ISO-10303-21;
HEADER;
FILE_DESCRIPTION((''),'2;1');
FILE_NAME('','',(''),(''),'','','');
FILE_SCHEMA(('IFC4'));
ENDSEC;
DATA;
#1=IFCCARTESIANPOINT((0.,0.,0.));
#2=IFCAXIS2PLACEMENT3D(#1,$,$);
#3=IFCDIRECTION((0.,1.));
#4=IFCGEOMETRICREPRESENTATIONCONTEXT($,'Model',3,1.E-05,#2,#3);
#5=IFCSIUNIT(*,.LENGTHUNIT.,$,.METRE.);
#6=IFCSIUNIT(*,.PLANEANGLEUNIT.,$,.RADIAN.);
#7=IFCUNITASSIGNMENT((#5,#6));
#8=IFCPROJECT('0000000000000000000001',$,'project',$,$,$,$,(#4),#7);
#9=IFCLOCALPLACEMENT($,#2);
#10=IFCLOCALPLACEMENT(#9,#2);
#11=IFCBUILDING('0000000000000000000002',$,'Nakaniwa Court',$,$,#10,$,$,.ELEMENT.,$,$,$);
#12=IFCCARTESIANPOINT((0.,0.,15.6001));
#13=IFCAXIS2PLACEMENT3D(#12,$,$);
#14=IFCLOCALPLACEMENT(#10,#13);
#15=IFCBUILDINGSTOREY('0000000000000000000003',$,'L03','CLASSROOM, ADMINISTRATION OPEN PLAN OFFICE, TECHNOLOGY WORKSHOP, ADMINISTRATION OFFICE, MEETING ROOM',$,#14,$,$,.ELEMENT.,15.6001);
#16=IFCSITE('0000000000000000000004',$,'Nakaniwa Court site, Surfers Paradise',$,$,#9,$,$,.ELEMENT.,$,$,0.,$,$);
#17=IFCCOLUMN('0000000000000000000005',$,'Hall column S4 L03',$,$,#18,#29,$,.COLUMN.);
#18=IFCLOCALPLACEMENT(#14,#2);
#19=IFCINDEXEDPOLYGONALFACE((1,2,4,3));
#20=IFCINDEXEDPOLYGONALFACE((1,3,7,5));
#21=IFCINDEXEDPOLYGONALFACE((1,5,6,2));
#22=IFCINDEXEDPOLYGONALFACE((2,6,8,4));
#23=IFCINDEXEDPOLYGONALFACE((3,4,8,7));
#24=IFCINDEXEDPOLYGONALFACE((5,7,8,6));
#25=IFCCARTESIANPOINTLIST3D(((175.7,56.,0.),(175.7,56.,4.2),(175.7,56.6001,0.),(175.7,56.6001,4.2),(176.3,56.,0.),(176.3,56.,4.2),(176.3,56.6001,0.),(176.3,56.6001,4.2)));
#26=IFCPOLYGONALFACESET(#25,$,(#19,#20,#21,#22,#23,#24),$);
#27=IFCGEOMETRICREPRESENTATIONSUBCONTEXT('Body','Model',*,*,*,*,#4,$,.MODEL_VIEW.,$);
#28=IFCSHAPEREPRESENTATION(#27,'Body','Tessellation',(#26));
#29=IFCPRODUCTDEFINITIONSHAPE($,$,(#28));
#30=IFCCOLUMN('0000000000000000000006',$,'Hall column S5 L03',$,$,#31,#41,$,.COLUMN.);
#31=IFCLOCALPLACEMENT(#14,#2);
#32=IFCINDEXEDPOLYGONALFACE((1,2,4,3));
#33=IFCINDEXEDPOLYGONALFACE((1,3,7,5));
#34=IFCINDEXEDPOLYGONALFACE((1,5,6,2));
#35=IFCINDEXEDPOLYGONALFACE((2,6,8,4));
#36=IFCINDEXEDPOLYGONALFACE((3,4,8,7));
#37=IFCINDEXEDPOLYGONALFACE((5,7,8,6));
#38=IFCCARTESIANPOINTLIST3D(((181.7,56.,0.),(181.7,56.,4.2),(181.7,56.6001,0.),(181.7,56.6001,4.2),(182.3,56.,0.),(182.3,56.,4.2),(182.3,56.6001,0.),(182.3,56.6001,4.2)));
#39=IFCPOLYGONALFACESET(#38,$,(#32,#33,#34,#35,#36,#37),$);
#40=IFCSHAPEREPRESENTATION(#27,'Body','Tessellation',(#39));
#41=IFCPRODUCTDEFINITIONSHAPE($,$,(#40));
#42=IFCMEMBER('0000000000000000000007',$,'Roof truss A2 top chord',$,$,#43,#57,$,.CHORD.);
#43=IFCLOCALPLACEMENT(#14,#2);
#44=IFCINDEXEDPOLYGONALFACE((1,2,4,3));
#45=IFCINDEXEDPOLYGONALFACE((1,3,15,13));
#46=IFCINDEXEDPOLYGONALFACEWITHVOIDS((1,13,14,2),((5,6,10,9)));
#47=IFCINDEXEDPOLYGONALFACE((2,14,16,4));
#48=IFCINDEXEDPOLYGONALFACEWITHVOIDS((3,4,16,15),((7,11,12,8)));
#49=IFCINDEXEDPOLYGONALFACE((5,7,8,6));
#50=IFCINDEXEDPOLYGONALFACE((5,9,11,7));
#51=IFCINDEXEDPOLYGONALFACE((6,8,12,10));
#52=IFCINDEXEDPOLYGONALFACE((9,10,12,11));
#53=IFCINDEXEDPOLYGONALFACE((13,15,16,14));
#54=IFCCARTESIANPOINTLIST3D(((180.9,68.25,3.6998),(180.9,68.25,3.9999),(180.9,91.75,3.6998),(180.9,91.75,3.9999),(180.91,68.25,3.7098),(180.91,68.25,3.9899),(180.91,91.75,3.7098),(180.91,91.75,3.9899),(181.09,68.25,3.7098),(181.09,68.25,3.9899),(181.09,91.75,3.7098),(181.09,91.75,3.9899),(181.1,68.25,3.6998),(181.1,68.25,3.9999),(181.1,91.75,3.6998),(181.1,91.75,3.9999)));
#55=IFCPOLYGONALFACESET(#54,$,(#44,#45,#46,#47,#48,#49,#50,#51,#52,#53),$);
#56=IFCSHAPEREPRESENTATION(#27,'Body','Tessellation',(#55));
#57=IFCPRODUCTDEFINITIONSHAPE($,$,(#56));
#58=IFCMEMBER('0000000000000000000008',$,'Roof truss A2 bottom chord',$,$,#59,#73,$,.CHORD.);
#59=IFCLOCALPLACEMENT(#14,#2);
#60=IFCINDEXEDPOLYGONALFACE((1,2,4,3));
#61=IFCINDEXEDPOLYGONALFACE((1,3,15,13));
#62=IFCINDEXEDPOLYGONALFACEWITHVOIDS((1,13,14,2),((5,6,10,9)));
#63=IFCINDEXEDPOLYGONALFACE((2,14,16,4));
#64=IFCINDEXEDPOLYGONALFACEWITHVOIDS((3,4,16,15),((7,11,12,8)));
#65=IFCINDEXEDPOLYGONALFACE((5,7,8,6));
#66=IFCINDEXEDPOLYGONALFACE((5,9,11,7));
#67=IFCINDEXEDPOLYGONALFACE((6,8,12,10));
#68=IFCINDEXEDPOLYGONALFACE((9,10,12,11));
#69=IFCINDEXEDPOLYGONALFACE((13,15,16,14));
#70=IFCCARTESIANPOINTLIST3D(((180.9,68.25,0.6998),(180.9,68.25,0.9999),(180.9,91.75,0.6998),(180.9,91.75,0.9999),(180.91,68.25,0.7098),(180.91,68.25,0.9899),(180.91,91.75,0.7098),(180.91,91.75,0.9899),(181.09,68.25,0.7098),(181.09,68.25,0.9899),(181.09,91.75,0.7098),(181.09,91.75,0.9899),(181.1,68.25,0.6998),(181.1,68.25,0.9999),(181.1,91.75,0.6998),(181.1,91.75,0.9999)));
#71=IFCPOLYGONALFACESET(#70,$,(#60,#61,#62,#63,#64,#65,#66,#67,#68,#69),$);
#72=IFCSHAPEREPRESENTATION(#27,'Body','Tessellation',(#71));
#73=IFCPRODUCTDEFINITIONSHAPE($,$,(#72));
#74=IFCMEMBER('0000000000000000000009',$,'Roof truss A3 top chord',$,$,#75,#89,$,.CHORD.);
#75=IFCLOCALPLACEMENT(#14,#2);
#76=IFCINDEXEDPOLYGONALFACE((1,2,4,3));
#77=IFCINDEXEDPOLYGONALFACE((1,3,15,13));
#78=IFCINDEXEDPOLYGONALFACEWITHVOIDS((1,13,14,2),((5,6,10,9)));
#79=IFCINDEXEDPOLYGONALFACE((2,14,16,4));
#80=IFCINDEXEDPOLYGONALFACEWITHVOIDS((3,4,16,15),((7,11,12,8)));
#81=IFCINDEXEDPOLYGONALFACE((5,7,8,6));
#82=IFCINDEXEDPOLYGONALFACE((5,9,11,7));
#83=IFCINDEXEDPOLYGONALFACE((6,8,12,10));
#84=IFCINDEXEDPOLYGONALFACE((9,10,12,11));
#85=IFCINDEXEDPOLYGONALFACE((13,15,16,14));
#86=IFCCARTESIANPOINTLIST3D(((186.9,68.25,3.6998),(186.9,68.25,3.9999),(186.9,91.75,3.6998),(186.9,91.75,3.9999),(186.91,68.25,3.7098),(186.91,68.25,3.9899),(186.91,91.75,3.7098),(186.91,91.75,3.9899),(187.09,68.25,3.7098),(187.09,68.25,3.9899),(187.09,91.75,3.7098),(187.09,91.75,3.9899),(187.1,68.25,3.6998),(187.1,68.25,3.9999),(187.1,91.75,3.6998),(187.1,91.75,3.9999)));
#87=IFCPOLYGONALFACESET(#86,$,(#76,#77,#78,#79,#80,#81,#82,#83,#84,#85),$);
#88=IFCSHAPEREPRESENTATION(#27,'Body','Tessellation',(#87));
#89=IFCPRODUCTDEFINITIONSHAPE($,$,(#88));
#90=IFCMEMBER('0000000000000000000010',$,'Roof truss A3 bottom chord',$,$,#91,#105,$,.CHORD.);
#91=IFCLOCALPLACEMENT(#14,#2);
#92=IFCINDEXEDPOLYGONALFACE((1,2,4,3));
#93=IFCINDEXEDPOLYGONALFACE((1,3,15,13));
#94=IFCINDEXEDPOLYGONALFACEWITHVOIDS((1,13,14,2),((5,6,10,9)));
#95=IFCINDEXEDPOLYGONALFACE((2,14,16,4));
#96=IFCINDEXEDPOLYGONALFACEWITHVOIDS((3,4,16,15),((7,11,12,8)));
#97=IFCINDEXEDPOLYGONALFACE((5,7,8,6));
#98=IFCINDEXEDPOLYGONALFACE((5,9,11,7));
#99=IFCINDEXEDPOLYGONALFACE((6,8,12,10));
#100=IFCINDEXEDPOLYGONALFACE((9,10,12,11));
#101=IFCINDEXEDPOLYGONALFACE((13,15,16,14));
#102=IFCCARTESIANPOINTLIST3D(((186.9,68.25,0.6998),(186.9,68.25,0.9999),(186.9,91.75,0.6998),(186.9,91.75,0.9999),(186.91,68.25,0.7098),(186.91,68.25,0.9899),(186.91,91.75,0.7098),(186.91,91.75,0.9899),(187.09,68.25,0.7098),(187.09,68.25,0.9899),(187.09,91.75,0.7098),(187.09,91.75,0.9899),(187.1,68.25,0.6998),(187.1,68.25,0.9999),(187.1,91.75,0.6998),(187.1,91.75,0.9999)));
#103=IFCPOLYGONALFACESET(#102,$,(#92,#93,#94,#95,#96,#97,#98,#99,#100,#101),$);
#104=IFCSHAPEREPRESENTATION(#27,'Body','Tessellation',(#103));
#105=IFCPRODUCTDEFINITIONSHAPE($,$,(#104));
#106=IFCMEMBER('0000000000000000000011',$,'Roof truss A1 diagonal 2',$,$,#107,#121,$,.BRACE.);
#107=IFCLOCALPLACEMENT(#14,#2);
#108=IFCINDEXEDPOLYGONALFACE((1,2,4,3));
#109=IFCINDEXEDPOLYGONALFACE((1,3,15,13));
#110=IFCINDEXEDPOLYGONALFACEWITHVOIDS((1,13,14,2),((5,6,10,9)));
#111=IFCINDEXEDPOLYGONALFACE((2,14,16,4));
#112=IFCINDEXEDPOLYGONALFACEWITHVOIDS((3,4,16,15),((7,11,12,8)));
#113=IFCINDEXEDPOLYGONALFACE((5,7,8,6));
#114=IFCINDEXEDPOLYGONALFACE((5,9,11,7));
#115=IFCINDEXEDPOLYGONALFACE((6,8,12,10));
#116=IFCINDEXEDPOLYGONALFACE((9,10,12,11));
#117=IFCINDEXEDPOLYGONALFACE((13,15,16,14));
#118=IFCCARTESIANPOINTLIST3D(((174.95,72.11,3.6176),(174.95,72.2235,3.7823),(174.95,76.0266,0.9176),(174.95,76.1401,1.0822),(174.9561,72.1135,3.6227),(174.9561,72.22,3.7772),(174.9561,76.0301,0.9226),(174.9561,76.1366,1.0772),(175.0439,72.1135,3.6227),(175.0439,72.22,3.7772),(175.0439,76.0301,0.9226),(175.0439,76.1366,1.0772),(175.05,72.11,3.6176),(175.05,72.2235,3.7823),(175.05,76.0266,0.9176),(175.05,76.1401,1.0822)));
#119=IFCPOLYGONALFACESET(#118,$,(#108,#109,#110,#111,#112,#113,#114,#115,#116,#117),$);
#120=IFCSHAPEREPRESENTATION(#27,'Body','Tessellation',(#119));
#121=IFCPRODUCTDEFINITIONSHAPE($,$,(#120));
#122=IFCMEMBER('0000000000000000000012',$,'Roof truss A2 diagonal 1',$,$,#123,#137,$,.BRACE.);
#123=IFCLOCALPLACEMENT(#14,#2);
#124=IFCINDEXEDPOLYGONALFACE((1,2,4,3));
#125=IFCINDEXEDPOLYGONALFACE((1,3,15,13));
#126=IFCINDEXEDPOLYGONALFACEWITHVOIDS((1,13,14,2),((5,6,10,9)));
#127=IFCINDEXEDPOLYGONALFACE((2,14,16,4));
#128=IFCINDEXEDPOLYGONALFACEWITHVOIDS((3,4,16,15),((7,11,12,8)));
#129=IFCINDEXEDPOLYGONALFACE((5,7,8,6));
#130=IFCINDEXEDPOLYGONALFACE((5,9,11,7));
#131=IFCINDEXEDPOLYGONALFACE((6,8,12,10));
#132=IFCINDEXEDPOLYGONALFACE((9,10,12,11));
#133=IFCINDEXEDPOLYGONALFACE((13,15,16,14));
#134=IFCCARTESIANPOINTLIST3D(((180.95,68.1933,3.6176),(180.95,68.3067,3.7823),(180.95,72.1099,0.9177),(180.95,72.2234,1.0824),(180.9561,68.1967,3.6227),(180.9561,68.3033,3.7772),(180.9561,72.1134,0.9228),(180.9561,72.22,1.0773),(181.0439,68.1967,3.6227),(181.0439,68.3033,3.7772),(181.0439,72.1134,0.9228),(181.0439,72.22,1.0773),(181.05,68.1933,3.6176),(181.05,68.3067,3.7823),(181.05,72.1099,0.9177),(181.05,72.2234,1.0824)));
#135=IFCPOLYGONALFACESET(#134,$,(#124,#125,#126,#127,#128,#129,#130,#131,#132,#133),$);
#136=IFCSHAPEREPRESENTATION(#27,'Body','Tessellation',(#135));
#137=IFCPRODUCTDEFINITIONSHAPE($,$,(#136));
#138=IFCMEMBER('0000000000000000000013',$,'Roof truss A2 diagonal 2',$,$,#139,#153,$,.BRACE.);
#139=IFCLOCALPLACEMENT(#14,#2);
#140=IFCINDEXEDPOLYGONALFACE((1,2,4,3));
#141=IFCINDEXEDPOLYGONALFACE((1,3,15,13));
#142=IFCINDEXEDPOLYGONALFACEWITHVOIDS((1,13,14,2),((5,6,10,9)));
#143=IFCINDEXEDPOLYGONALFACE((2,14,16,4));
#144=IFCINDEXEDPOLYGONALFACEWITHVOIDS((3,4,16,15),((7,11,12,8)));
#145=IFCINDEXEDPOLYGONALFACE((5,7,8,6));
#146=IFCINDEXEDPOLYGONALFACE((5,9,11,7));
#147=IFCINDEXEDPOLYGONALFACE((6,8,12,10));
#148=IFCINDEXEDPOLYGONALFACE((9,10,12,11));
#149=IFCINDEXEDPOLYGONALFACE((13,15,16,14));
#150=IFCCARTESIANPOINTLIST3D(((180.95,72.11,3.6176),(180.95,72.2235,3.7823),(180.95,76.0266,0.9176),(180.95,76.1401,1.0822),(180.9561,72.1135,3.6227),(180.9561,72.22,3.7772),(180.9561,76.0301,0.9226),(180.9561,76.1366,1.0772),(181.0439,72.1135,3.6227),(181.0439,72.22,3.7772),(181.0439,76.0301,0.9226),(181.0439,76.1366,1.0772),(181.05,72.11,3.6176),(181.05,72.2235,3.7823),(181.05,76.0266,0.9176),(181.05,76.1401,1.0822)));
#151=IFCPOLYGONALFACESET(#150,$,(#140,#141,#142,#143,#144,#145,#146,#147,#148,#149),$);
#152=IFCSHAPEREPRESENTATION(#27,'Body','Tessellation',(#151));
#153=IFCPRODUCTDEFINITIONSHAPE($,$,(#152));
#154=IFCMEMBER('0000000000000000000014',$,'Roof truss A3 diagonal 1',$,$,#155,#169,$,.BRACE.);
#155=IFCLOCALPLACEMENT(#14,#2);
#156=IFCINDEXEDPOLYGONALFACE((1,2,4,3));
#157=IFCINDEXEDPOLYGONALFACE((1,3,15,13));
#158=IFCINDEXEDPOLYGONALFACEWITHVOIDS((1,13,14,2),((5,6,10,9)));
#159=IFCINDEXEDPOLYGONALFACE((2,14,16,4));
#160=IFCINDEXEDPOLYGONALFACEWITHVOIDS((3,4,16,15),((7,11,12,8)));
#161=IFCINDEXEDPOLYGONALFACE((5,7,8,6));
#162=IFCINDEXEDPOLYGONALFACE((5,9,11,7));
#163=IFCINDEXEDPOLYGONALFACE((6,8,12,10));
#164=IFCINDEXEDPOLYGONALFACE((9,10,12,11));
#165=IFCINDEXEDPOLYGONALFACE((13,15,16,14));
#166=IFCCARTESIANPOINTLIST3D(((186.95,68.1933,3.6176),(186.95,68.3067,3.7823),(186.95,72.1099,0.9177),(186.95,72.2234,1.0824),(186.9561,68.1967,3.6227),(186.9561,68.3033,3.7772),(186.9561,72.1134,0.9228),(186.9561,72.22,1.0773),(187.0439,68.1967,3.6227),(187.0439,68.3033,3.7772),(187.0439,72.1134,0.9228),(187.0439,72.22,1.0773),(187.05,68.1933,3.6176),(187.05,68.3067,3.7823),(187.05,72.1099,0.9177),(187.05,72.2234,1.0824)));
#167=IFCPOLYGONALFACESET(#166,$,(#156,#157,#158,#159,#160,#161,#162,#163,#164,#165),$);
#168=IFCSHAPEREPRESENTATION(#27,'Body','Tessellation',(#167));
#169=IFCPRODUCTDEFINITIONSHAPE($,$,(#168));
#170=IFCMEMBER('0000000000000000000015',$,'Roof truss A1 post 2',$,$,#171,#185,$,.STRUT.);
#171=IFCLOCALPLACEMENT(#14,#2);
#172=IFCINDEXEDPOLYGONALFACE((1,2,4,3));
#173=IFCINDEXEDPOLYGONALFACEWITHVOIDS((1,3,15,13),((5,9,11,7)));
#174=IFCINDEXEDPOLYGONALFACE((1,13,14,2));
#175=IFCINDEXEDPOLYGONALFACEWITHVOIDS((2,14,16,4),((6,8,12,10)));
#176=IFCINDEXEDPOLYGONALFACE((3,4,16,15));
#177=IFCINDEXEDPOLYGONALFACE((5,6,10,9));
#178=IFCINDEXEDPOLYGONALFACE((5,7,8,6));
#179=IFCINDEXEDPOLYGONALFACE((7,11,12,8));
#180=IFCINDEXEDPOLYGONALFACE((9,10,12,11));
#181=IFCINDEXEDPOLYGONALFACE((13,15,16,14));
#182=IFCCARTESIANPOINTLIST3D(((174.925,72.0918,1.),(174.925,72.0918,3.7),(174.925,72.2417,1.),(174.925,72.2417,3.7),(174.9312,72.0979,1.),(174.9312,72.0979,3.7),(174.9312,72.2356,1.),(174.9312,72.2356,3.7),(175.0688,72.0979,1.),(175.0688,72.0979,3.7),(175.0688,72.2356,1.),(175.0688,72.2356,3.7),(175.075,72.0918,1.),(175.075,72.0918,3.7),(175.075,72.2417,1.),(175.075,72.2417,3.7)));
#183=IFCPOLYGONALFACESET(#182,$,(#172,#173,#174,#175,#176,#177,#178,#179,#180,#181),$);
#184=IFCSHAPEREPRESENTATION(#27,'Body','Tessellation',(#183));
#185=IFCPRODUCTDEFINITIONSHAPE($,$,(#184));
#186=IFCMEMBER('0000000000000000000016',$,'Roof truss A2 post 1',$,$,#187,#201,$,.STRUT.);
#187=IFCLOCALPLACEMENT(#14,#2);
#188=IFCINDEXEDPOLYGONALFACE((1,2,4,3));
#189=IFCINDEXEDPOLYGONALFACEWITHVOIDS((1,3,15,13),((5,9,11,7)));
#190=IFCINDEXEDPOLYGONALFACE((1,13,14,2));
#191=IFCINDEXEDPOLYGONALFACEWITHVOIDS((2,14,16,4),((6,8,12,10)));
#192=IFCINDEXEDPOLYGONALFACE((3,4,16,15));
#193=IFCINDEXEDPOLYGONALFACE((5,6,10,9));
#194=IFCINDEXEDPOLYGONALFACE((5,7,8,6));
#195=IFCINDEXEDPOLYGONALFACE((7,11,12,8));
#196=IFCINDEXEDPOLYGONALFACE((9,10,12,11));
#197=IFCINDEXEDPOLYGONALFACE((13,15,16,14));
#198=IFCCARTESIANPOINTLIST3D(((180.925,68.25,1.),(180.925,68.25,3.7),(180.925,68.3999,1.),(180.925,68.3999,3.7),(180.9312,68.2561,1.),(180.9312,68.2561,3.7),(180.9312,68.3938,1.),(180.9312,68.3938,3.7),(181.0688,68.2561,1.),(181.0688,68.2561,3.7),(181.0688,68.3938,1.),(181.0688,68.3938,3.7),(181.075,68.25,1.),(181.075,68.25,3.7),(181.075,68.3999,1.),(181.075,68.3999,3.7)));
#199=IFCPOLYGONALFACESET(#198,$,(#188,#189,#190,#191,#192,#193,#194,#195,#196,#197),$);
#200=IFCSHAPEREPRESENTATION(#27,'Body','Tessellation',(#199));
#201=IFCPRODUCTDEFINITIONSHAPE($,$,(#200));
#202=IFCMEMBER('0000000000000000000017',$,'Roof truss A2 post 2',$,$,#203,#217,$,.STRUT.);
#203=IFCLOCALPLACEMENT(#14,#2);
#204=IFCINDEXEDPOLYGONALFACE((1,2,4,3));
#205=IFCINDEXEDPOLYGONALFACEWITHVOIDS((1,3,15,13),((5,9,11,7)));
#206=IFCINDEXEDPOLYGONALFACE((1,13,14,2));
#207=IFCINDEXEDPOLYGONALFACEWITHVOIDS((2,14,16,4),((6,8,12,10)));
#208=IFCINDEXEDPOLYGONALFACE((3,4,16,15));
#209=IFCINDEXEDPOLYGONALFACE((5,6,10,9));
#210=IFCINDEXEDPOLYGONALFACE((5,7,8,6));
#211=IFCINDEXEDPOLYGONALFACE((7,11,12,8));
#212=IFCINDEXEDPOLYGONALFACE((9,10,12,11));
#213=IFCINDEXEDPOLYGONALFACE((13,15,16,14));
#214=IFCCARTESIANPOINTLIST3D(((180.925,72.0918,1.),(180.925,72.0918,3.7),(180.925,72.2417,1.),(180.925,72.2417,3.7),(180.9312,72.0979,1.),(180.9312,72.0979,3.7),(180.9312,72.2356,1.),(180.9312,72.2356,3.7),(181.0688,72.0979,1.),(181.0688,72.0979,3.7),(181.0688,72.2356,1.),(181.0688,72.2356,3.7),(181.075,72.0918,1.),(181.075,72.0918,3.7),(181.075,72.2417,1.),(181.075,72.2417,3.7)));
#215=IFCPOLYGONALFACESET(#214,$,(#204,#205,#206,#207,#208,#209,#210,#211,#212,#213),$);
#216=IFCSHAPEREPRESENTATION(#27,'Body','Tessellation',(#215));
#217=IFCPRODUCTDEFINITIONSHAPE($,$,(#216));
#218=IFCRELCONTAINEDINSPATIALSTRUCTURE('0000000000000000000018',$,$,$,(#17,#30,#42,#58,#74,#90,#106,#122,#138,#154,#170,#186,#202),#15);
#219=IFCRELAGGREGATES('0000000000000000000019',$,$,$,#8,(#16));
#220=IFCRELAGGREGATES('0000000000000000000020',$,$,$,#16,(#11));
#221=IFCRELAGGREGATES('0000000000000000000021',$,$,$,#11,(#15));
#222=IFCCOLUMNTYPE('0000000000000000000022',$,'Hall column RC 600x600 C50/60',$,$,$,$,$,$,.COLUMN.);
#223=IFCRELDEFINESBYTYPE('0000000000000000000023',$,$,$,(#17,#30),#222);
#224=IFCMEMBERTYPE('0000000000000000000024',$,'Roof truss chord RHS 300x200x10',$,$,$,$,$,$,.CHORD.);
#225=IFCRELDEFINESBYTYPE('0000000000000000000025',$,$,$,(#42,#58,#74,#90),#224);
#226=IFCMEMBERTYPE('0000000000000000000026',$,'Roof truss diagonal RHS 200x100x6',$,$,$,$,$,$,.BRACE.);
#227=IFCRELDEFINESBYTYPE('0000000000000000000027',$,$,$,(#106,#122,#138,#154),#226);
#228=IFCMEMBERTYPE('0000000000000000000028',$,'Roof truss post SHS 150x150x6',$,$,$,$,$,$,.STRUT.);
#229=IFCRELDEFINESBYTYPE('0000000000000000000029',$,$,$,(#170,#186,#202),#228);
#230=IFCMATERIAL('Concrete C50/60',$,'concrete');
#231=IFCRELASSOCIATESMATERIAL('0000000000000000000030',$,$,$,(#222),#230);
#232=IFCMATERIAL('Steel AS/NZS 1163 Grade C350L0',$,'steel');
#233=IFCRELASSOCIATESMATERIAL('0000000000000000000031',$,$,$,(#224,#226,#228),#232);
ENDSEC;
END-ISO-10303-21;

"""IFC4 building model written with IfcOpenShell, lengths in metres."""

from ifc_helpers import new_model, si_unit, direction, frame, origin, origin_2d, place, context, subcontext, project, spatial, rectangle, hollow_rectangle, extrude, material, material_profile, profile_set, type_object, element, save


model = new_model("IFC4")

# Units and contexts
model_context = context("Model", 3, precision=1e-05, world=origin(), true_north=direction((0.0, 1.0)))
body_context = subcontext(model_context, "Body", "Model", "MODEL_VIEW")
ifc_project = project(units=[si_unit("LENGTHUNIT", "METRE"), si_unit("PLANEANGLEUNIT", "RADIAN")], contexts=[model_context])

# Site, building, storey
site_placement = place(None, origin())
site = spatial("IfcSite", under=ifc_project, at=site_placement, Name="Nakaniwa Court site, Surfers Paradise", CompositionType="ELEMENT", RefElevation=0.0)
building_placement = place(site_placement, origin())
building = spatial("IfcBuilding", under=site, at=building_placement, Name="Nakaniwa Court", CompositionType="ELEMENT")
storey_placement = place(building_placement, frame((0.0, 0.0, 15.6001)))
storey = spatial("IfcBuildingStorey", under=building, at=storey_placement, Name="L03", Description="CLASSROOM, ADMINISTRATION OPEN PLAN OFFICE, TECHNOLOGY WORKSHOP, ADMINISTRATION OFFICE, MEETING ROOM", CompositionType="ELEMENT", Elevation=15.6001)

# Columns
ifc_material_1 = material(Name="Concrete C50/60", Category="concrete")
ifc_material_profile_1 = material_profile(ifc_material_1, rectangle(XDim=0.6001, YDim=0.6001, at=origin_2d()), Name="RC 600x600")
ifc_profile_set_1 = profile_set([ifc_material_profile_1], Name="Concrete C50/60")
column_type = type_object("IfcColumnType", Name="Hall column RC 600x600 C50/60", PredefinedType="COLUMN", material=ifc_profile_set_1)
for number, where, z_axis, x_axis, name in (
    (1, (176.0, 56.3, 0.0), (0.0, 0.0, 1.0), (1.0, 0.0, 0.0), "Hall column S4 L03"),
    (2, (182.0, 56.3, 0.0), (0.0, 0.0, 1.0), (1.0, 0.0, 0.0), "Hall column S5 L03"),
):
    element("IfcColumn", number, at=place(storey_placement, frame(where, z_axis=z_axis, x_axis=x_axis)), inside=storey, type_object=column_type, Name=name, PredefinedType="COLUMN", context=body_context, shape_type="SweptSolid", body=[
        extrude(rectangle(XDim=0.6001, YDim=0.6001, at=origin_2d()), origin(), (0.0, 0.0, 1.0), 4.2),
    ])

# Members
ifc_material_2 = material(Name="Steel AS/NZS 1163 Grade C350L0", Category="steel")
ifc_material_profile_2 = material_profile(ifc_material_2, hollow_rectangle(XDim=0.2, YDim=0.3, WallThickness=0.01, at=origin_2d()), Name="RHS 300x200x10")
ifc_profile_set_2 = profile_set([ifc_material_profile_2], Name="Steel AS/NZS 1163 Grade C350L0")
member_type_1 = type_object("IfcMemberType", Name="Roof truss chord RHS 300x200x10", PredefinedType="CHORD", material=ifc_profile_set_2)
for number, where, z_axis, x_axis, name in (
    (3, (181.0, 68.25, 3.8499), (0.0, 1.0, 0.0), (-1.0, 0.0, 0.0), "Roof truss A2 top chord"),
    (4, (181.0, 68.25, 0.8499), (0.0, 1.0, 0.0), (-1.0, 0.0, 0.0), "Roof truss A2 bottom chord"),
    (5, (187.0, 68.25, 3.8499), (0.0, 1.0, 0.0), (-1.0, 0.0, 0.0), "Roof truss A3 top chord"),
    (6, (187.0, 68.25, 0.8499), (0.0, 1.0, 0.0), (-1.0, 0.0, 0.0), "Roof truss A3 bottom chord"),
):
    element("IfcMember", number, at=place(storey_placement, frame(where, z_axis=z_axis, x_axis=x_axis)), inside=storey, type_object=member_type_1, Name=name, PredefinedType="CHORD", context=body_context, shape_type="SweptSolid", body=[
        extrude(hollow_rectangle(XDim=0.2, YDim=0.3, WallThickness=0.01, at=origin_2d()), origin(), (0.0, 0.0, 1.0), 23.5),
    ])
ifc_material_profile_3 = material_profile(ifc_material_2, hollow_rectangle(XDim=0.1001, YDim=0.2, WallThickness=0.0061, at=origin_2d()), Name="RHS 200x100x6")
ifc_profile_set_3 = profile_set([ifc_material_profile_3], Name="Steel AS/NZS 1163 Grade C350L0")
member_type_2 = type_object("IfcMemberType", Name="Roof truss diagonal RHS 200x100x6", PredefinedType="BRACE", material=ifc_profile_set_3)
for number, where, z_axis, x_axis, name in (
    (7, (175.0, 72.1667, 3.7), (0.0, 0.823319, -0.567578), (-1.0, 0.0, 0.0), "Roof truss A1 diagonal 2"),
    (8, (181.0, 68.25, 3.7), (0.0, 0.823336, -0.567554), (-1.0, 0.0, 0.0), "Roof truss A2 diagonal 1"),
    (9, (181.0, 72.1667, 3.7), (0.0, 0.823319, -0.567578), (-1.0, 0.0, 0.0), "Roof truss A2 diagonal 2"),
    (10, (187.0, 68.25, 3.7), (0.0, 0.823336, -0.567554), (-1.0, 0.0, 0.0), "Roof truss A3 diagonal 1"),
):
    element("IfcMember", number, at=place(storey_placement, frame(where, z_axis=z_axis, x_axis=x_axis)), inside=storey, type_object=member_type_2, Name=name, PredefinedType="BRACE", context=body_context, shape_type="SweptSolid", body=[
        extrude(hollow_rectangle(XDim=0.1001, YDim=0.2, WallThickness=0.0061, at=origin_2d()), origin(), (0.0, 0.0, 1.0), 4.7571),
    ])
ifc_material_profile_4 = material_profile(ifc_material_2, hollow_rectangle(XDim=0.1499, YDim=0.1499, WallThickness=0.0061, at=origin_2d()), Name="SHS 150x150x6")
ifc_profile_set_4 = profile_set([ifc_material_profile_4], Name="Steel AS/NZS 1163 Grade C350L0")
member_type_3 = type_object("IfcMemberType", Name="Roof truss post SHS 150x150x6", PredefinedType="STRUT", material=ifc_profile_set_4)
for number, where, z_axis, x_axis, name in (
    (11, (175.0, 72.1667, 1.0), (0.0, 0.0, 1.0), (1.0, 0.0, 0.0), "Roof truss A1 post 2"),
    (12, (181.0, 68.325, 1.0), (0.0, 0.0, 1.0), (1.0, 0.0, 0.0), "Roof truss A2 post 1"),
    (13, (181.0, 72.1667, 1.0), (0.0, 0.0, 1.0), (1.0, 0.0, 0.0), "Roof truss A2 post 2"),
):
    element("IfcMember", number, at=place(storey_placement, frame(where, z_axis=z_axis, x_axis=x_axis)), inside=storey, type_object=member_type_3, Name=name, PredefinedType="STRUT", context=body_context, shape_type="SweptSolid", body=[
        extrude(hollow_rectangle(XDim=0.1499, YDim=0.1499, WallThickness=0.0061, at=origin_2d()), origin(), (0.0, 0.0, 1.0), 2.7),
    ])

save(model, "model.ifc")
